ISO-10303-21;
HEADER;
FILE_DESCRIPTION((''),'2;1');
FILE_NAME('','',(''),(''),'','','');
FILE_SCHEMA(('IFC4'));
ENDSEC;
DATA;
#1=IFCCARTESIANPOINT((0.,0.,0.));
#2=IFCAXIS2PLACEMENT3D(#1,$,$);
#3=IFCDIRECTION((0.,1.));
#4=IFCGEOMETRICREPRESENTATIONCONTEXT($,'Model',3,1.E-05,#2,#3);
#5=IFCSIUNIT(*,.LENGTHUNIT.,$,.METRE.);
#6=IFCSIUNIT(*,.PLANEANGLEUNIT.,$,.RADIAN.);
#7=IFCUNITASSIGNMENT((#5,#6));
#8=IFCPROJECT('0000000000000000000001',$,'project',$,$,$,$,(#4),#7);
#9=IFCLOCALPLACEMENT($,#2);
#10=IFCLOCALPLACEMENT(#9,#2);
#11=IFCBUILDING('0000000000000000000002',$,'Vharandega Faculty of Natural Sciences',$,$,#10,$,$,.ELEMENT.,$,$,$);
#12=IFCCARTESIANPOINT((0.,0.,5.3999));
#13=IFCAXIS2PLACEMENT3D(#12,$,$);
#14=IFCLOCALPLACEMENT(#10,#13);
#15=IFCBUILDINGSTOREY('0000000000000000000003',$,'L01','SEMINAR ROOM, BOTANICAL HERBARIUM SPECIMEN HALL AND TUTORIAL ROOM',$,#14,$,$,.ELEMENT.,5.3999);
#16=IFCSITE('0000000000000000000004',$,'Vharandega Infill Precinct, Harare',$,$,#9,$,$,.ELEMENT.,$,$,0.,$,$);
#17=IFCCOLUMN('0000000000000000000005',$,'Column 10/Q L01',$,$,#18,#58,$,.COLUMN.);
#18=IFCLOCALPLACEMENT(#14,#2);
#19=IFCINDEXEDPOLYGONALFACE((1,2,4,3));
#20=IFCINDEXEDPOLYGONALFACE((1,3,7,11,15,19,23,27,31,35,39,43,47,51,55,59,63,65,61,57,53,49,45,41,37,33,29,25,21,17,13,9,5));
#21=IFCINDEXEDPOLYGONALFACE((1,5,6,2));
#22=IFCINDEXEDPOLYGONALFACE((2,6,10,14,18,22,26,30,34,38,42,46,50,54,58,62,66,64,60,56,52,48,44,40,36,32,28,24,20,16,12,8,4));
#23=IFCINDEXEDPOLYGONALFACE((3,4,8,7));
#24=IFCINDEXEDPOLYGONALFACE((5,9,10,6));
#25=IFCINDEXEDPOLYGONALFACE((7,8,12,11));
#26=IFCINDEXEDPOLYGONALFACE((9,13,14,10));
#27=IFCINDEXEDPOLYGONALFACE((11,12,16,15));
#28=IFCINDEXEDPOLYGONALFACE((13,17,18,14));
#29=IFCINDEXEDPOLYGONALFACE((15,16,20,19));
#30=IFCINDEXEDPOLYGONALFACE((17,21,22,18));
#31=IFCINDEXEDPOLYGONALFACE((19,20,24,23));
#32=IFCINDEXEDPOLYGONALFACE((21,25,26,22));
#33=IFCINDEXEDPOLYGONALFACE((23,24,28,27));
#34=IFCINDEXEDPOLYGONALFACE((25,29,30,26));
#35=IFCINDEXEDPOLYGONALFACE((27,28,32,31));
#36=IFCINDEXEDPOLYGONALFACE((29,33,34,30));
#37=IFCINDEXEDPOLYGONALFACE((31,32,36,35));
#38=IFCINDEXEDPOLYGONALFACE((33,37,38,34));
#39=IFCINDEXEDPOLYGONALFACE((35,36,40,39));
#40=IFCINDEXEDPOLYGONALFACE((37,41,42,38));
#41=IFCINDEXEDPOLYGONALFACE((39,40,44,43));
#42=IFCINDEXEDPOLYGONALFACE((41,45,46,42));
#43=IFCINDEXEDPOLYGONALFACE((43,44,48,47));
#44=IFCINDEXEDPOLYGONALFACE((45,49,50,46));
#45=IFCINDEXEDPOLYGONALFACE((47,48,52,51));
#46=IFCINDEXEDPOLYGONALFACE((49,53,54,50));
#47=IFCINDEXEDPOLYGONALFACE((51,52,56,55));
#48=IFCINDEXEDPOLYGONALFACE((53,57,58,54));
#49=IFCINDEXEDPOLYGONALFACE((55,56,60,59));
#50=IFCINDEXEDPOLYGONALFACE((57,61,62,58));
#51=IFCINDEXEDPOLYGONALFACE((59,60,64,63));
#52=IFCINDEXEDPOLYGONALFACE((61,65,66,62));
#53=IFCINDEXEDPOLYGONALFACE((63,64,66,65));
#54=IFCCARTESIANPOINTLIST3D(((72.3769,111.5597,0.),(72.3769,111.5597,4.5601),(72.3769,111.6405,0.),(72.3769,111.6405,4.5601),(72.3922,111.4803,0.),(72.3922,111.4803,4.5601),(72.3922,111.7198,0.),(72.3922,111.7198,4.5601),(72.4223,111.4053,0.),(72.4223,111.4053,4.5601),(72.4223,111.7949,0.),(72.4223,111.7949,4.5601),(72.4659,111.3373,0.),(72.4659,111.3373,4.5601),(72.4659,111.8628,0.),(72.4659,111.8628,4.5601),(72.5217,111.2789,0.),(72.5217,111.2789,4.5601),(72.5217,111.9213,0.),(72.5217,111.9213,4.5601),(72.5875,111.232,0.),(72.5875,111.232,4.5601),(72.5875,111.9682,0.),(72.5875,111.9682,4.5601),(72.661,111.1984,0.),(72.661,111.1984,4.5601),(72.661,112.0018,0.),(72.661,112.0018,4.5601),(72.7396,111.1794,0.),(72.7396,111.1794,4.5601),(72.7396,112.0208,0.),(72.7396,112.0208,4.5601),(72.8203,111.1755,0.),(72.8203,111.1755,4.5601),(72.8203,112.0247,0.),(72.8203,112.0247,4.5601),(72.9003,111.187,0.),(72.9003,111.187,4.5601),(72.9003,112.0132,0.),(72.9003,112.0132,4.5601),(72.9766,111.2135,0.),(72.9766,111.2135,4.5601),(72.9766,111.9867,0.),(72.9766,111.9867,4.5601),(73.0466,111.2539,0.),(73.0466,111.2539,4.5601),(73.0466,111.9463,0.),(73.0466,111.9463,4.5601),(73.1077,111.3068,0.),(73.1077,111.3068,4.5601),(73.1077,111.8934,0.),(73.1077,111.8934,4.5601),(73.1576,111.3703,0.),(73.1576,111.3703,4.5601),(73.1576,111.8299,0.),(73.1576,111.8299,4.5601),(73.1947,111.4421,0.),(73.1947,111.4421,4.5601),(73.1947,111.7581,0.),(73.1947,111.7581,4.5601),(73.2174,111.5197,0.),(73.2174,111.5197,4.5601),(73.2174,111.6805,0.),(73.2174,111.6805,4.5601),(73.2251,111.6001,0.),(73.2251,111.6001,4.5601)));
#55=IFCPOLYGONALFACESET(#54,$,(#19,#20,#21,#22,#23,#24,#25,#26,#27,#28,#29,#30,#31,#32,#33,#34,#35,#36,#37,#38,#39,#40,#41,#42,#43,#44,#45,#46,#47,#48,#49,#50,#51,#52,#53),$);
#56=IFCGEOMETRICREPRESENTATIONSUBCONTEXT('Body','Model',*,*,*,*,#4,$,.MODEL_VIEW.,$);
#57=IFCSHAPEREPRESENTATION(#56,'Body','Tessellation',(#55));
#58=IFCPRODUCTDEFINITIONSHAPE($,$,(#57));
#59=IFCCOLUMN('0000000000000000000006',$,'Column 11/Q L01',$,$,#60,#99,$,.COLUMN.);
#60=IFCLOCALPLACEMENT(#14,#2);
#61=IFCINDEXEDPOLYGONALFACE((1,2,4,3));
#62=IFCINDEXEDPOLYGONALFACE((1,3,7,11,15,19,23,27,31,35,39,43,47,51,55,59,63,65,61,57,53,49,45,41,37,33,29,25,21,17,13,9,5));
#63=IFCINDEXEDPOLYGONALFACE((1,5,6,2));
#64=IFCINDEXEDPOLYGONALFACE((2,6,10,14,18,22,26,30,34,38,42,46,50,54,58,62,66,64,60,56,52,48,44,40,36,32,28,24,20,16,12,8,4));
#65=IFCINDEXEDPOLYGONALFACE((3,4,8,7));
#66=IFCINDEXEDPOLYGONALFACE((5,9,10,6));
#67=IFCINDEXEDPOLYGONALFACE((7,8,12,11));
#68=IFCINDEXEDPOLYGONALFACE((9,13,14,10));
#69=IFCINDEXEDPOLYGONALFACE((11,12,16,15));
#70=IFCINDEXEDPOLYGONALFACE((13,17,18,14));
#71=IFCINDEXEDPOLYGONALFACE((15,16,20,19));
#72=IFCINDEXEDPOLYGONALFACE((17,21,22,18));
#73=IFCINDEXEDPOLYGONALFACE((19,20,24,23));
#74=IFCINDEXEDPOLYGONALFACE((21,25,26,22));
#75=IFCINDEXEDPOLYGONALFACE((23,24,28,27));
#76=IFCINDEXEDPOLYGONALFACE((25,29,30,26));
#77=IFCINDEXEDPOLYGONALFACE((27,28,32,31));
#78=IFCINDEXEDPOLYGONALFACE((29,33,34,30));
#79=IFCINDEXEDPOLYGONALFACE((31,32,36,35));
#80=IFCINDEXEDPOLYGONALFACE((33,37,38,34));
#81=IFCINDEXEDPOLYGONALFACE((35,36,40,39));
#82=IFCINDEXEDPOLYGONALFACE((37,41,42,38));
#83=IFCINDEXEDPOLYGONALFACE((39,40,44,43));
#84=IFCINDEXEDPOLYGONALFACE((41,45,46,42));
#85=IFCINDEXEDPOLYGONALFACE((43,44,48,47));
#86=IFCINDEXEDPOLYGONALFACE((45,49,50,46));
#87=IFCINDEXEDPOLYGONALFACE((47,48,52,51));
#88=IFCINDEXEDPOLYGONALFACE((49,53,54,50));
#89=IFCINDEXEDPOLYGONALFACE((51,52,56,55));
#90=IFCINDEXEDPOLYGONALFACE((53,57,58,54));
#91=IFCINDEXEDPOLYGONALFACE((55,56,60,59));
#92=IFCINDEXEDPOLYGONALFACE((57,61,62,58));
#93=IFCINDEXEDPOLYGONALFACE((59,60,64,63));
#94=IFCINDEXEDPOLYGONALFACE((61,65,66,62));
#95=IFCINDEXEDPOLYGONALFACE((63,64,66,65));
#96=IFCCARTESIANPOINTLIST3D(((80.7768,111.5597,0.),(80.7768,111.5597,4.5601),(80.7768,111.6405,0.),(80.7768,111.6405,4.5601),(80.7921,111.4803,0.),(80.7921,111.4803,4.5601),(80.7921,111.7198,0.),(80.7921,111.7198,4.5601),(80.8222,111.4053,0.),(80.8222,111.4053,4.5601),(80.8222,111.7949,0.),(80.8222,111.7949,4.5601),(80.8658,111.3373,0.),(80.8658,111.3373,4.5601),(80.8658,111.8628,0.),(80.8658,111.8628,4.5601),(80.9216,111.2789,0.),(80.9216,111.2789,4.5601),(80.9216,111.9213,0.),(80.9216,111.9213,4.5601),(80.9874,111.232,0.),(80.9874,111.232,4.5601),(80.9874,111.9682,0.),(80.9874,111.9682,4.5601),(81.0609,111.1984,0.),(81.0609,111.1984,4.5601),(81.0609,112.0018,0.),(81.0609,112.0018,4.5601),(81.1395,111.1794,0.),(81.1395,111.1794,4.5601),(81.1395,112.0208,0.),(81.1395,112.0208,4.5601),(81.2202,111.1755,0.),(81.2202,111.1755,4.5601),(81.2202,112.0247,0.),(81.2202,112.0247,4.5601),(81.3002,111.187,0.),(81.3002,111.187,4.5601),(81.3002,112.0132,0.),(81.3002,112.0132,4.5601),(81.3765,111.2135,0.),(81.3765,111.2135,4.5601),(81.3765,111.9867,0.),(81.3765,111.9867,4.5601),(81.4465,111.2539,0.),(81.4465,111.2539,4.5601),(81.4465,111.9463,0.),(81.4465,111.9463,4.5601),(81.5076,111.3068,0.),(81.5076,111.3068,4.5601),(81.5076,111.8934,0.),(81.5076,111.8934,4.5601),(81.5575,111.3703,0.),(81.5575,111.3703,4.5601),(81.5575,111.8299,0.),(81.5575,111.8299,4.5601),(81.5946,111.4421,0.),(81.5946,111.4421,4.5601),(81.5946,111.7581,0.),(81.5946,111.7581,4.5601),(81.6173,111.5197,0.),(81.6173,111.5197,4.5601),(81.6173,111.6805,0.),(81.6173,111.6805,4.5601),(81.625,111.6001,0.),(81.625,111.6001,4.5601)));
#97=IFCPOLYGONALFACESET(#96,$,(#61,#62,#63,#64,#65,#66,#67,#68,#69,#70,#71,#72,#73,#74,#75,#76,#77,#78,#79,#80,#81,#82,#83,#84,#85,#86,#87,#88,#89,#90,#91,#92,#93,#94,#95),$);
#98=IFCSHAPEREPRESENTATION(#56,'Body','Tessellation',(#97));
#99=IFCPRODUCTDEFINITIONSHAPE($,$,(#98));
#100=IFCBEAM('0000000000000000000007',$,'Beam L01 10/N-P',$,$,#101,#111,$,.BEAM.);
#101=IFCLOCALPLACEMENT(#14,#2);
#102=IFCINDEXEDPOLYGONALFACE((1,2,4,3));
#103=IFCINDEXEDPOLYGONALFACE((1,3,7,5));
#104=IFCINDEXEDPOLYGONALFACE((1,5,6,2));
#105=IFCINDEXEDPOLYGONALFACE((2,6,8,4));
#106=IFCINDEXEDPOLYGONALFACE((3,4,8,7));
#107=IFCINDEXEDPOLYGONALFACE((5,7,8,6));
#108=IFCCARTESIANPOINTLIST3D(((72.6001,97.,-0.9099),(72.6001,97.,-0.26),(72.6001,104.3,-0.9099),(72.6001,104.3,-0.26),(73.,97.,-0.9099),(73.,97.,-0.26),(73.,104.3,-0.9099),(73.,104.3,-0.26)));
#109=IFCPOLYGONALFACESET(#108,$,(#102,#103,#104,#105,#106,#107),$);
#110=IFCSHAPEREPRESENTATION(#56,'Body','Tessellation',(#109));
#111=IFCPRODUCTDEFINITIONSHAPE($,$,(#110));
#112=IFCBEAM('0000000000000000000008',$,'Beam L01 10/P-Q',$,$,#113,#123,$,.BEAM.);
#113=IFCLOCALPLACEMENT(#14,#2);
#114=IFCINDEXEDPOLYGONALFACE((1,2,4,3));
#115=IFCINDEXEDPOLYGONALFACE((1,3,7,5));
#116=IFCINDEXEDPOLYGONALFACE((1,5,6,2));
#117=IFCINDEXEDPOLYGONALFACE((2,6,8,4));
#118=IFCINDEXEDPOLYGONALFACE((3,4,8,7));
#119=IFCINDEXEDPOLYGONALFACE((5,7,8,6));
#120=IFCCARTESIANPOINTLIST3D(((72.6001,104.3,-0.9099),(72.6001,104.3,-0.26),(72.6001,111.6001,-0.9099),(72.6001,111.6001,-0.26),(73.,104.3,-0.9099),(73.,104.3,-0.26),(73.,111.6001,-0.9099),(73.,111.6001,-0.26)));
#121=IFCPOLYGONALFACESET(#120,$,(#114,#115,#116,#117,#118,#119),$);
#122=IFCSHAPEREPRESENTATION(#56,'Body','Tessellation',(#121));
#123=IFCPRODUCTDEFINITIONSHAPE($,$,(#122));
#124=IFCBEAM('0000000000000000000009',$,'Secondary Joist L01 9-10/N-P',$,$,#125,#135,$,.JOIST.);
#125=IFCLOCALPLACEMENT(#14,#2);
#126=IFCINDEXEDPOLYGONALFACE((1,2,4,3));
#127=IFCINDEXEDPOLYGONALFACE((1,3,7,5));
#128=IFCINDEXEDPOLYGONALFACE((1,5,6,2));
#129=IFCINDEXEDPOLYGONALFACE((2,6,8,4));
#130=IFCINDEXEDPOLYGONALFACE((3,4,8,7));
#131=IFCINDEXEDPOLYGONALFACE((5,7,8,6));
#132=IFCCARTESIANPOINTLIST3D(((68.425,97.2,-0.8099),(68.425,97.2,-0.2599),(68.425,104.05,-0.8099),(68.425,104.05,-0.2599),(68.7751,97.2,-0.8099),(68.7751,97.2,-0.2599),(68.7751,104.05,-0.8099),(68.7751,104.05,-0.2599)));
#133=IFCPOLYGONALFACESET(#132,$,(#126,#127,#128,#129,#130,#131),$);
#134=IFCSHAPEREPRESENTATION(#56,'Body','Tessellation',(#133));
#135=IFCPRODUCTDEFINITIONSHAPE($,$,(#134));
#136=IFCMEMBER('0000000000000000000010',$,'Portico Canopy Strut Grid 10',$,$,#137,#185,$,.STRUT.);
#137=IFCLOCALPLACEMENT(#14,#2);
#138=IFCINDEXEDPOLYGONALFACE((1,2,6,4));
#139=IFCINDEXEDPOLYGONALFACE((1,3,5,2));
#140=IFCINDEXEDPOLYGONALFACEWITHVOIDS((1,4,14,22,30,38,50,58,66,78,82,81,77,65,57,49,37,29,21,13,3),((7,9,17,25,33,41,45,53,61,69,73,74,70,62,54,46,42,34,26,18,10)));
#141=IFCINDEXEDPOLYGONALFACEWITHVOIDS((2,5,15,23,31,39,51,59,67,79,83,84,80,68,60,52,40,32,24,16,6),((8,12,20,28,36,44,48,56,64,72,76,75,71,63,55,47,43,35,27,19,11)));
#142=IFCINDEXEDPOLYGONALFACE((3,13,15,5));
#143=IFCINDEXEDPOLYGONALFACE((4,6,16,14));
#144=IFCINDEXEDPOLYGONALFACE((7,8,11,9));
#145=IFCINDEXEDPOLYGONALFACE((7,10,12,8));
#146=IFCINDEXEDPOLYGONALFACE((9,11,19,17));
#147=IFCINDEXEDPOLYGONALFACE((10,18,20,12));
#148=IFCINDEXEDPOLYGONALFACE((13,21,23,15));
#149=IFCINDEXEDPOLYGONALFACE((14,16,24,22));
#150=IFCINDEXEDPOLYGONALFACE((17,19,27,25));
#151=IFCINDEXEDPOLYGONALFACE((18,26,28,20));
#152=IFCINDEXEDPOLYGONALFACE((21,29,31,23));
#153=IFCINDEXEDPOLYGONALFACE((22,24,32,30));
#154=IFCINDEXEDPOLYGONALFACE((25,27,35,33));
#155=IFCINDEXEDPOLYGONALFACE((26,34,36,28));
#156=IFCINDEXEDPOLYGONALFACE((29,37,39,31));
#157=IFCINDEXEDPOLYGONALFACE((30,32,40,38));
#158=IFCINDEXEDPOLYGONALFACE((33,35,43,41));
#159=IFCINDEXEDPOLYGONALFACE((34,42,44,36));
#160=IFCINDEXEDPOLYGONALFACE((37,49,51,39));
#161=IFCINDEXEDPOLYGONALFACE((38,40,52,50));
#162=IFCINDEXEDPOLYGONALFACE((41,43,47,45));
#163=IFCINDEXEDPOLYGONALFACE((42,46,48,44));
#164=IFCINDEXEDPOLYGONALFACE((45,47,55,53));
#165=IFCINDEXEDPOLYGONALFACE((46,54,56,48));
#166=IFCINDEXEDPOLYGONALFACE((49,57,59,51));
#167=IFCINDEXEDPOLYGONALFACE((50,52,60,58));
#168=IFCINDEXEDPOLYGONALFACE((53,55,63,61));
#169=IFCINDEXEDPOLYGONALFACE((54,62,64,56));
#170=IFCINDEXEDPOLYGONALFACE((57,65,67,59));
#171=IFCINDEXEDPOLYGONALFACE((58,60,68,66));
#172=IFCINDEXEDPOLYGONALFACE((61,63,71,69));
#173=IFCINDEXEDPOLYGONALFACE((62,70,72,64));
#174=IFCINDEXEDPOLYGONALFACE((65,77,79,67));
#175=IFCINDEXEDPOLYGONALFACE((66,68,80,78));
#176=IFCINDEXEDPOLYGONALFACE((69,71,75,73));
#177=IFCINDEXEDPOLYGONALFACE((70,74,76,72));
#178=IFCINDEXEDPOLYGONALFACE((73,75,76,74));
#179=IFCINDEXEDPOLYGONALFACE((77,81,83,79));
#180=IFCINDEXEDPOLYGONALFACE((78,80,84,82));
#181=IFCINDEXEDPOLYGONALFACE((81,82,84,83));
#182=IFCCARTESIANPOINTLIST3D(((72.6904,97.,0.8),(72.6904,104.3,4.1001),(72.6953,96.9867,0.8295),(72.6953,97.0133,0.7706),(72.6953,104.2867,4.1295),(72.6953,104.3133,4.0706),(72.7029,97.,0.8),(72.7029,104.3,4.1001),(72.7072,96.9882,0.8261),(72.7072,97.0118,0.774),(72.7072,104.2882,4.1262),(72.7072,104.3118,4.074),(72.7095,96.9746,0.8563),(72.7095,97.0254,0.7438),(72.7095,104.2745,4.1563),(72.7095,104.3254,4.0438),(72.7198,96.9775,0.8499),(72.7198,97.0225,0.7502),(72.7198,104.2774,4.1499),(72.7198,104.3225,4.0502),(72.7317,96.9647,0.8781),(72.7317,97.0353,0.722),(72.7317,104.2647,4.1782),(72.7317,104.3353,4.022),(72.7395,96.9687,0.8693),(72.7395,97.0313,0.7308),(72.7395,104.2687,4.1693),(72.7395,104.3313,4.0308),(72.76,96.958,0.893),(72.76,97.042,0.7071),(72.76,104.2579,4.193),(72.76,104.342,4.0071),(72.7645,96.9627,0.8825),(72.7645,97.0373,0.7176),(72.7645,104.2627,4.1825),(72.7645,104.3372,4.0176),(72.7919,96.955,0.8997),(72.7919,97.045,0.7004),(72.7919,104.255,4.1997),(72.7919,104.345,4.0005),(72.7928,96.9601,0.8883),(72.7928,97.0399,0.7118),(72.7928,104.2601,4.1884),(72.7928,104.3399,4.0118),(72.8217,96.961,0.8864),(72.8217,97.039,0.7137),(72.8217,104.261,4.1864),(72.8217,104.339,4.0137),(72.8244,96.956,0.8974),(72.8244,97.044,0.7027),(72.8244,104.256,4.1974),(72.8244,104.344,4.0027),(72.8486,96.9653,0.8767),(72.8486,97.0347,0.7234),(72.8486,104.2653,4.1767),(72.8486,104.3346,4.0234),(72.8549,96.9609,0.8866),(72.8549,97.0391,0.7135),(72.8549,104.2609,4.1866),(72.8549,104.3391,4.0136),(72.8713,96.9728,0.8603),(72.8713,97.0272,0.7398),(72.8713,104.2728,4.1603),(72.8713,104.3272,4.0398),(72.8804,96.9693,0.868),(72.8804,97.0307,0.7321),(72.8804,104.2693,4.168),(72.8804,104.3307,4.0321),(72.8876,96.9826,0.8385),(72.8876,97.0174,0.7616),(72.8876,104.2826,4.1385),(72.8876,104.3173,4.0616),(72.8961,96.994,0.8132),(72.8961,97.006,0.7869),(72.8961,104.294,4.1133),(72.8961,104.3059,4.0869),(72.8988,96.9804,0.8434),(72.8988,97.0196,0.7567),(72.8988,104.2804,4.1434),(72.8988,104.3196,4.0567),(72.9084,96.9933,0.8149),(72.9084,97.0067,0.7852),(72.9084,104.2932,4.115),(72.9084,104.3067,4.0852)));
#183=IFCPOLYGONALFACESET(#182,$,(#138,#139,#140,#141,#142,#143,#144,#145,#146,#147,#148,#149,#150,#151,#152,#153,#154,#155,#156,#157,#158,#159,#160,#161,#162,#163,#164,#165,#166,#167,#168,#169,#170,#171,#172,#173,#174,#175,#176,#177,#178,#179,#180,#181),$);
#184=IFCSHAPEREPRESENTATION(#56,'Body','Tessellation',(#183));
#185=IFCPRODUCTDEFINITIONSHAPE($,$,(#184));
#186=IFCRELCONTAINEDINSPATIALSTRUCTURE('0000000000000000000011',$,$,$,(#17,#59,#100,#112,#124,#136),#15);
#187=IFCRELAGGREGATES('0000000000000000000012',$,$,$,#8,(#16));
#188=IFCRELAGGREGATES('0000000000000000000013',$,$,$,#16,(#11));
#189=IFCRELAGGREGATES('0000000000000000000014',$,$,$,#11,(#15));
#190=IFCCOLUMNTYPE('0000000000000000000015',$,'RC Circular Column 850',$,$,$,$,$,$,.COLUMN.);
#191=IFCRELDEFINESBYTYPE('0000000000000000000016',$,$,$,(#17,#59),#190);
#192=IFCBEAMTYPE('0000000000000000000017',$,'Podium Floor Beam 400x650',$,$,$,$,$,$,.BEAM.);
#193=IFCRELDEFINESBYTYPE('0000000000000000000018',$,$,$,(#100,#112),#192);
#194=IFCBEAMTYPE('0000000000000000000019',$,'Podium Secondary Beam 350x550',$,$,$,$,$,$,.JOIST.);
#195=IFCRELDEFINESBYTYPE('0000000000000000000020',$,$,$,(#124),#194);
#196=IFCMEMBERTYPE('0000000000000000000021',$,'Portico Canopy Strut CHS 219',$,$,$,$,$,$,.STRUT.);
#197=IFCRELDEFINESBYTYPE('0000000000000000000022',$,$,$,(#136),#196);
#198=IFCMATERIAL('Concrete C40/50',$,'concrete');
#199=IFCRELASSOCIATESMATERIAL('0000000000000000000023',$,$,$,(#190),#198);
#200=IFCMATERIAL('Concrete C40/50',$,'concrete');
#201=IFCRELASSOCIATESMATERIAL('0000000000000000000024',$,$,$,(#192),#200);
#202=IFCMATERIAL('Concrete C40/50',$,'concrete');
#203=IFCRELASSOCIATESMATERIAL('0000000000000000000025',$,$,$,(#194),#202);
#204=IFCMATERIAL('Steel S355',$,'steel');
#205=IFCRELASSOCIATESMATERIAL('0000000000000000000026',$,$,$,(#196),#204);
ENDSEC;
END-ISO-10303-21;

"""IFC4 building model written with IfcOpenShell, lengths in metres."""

from ifc_helpers import new_model, si_unit, direction, frame, origin, origin_2d, place, context, subcontext, project, spatial, rectangle, circle, hollow_circle, extrude, material, material_profile, profile_set, type_object, element, save


model = new_model("IFC4")

# Units and contexts
model_context = context("Model", 3, precision=1e-05, world=origin(), true_north=direction((0.0, 1.0)))
body_context = subcontext(model_context, "Body", "Model", "MODEL_VIEW")
ifc_project = project(units=[si_unit("LENGTHUNIT", "METRE"), si_unit("PLANEANGLEUNIT", "RADIAN")], contexts=[model_context])

# Site, building, storey
site_placement = place(None, origin())
site = spatial("IfcSite", under=ifc_project, at=site_placement, Name="Vharandega Infill Precinct, Harare", CompositionType="ELEMENT", RefElevation=0.0)
building_placement = place(site_placement, origin())
building = spatial("IfcBuilding", under=site, at=building_placement, Name="Vharandega Faculty of Natural Sciences", CompositionType="ELEMENT")
storey_placement = place(building_placement, frame((0.0, 0.0, 5.3999)))
storey = spatial("IfcBuildingStorey", under=building, at=storey_placement, Name="L01", Description="SEMINAR ROOM, BOTANICAL HERBARIUM SPECIMEN HALL AND TUTORIAL ROOM", CompositionType="ELEMENT", Elevation=5.3999)

# Columns
ifc_material_1 = material(Name="Concrete C40/50", Category="concrete")
ifc_material_profile_1 = material_profile(ifc_material_1, circle(Radius=0.425, at=origin_2d()), Name="RC-CIRC 850")
ifc_profile_set_1 = profile_set([ifc_material_profile_1], Name="Concrete C40/50")
column_type_1 = type_object("IfcColumnType", Name="RC Circular Column 850", PredefinedType="COLUMN", material=ifc_profile_set_1)
for number, where, z_axis, x_axis, name in (
    (1, (72.8, 111.6001, 0.0), (0.0, 0.0, 1.0), (1.0, 0.0, 0.0), "Column 10/Q L01"),
    (2, (81.2, 111.6001, 0.0), (0.0, 0.0, 1.0), (1.0, 0.0, 0.0), "Column 11/Q L01"),
):
    element("IfcColumn", number, at=place(storey_placement, frame(where, z_axis=z_axis, x_axis=x_axis)), inside=storey, type_object=column_type_1, Name=name, PredefinedType="COLUMN", context=body_context, shape_type="SweptSolid", body=[
        extrude(circle(Radius=0.425, at=origin_2d()), origin(), (0.0, 0.0, 1.0), 4.5601),
    ])

# Beams
ifc_material_2 = material(Name="Concrete C40/50", Category="concrete")
ifc_material_profile_2 = material_profile(ifc_material_2, rectangle(XDim=0.3999, YDim=0.6499, at=origin_2d()), Name="RC 400x650")
ifc_profile_set_2 = profile_set([ifc_material_profile_2], Name="Concrete C40/50")
beam_type_1 = type_object("IfcBeamType", Name="Podium Floor Beam 400x650", PredefinedType="BEAM", material=ifc_profile_set_2)
for number, where, z_axis, x_axis, name in (
    (3, (72.8, 97.0, -0.585), (0.0, 1.0, 0.0), (-1.0, 0.0, 0.0), "Beam L01 10/N-P"),
    (4, (72.8, 104.3, -0.585), (0.0, 1.0, 0.0), (-1.0, 0.0, 0.0), "Beam L01 10/P-Q"),
):
    element("IfcBeam", number, at=place(storey_placement, frame(where, z_axis=z_axis, x_axis=x_axis)), inside=storey, type_object=beam_type_1, Name=name, PredefinedType="BEAM", context=body_context, shape_type="SweptSolid", body=[
        extrude(rectangle(XDim=0.3999, YDim=0.6499, at=origin_2d()), origin(), (0.0, 0.0, 1.0), 7.3),
    ])
ifc_material_3 = material(Name="Concrete C40/50", Category="concrete")
ifc_material_profile_3 = material_profile(ifc_material_3, rectangle(XDim=0.3501, YDim=0.55, at=origin_2d()), Name="RC 350x550")
ifc_profile_set_3 = profile_set([ifc_material_profile_3], Name="Concrete C40/50")
beam_type_2 = type_object("IfcBeamType", Name="Podium Secondary Beam 350x550", PredefinedType="JOIST", material=ifc_profile_set_3)
beam_placement = place(storey_placement, frame((68.6001, 97.2, -0.5349), z_axis=(0.0, 1.0, 0.0), x_axis=(-1.0, 0.0, 0.0)))
element("IfcBeam", 5, at=beam_placement, inside=storey, type_object=beam_type_2, Name="Secondary Joist L01 9-10/N-P", PredefinedType="JOIST", context=body_context, shape_type="SweptSolid", body=[
    extrude(rectangle(XDim=0.3501, YDim=0.55, at=origin_2d()), origin(), (0.0, 0.0, 1.0), 6.8501),
])

# Member
ifc_material_4 = material(Name="Steel S355", Category="steel")
ifc_material_profile_4 = material_profile(ifc_material_4, hollow_circle(Radius=0.1096, WallThickness=0.0125, at=origin_2d()), Name="CHS 219.1x12.5")
ifc_profile_set_4 = profile_set([ifc_material_profile_4], Name="Steel S355")
member_type = type_object("IfcMemberType", Name="Portico Canopy Strut CHS 219", PredefinedType="STRUT", material=ifc_profile_set_4)
for number, where, z_axis, x_axis, name in (
    (6, (72.8, 97.0, 0.8), (0.0, 0.911218, 0.411924), (-1.0, 0.0, 0.0), "Portico Canopy Strut Grid 10"),
):
    element("IfcMember", number, at=place(storey_placement, frame(where, z_axis=z_axis, x_axis=x_axis)), inside=storey, type_object=member_type, Name=name, PredefinedType="STRUT", context=body_context, shape_type="SweptSolid", body=[
        extrude(hollow_circle(Radius=0.1096, WallThickness=0.0125, at=origin_2d()), origin(), (0.0, 0.0, 1.0), 8.0112),
    ])

save(model, "model.ifc")
